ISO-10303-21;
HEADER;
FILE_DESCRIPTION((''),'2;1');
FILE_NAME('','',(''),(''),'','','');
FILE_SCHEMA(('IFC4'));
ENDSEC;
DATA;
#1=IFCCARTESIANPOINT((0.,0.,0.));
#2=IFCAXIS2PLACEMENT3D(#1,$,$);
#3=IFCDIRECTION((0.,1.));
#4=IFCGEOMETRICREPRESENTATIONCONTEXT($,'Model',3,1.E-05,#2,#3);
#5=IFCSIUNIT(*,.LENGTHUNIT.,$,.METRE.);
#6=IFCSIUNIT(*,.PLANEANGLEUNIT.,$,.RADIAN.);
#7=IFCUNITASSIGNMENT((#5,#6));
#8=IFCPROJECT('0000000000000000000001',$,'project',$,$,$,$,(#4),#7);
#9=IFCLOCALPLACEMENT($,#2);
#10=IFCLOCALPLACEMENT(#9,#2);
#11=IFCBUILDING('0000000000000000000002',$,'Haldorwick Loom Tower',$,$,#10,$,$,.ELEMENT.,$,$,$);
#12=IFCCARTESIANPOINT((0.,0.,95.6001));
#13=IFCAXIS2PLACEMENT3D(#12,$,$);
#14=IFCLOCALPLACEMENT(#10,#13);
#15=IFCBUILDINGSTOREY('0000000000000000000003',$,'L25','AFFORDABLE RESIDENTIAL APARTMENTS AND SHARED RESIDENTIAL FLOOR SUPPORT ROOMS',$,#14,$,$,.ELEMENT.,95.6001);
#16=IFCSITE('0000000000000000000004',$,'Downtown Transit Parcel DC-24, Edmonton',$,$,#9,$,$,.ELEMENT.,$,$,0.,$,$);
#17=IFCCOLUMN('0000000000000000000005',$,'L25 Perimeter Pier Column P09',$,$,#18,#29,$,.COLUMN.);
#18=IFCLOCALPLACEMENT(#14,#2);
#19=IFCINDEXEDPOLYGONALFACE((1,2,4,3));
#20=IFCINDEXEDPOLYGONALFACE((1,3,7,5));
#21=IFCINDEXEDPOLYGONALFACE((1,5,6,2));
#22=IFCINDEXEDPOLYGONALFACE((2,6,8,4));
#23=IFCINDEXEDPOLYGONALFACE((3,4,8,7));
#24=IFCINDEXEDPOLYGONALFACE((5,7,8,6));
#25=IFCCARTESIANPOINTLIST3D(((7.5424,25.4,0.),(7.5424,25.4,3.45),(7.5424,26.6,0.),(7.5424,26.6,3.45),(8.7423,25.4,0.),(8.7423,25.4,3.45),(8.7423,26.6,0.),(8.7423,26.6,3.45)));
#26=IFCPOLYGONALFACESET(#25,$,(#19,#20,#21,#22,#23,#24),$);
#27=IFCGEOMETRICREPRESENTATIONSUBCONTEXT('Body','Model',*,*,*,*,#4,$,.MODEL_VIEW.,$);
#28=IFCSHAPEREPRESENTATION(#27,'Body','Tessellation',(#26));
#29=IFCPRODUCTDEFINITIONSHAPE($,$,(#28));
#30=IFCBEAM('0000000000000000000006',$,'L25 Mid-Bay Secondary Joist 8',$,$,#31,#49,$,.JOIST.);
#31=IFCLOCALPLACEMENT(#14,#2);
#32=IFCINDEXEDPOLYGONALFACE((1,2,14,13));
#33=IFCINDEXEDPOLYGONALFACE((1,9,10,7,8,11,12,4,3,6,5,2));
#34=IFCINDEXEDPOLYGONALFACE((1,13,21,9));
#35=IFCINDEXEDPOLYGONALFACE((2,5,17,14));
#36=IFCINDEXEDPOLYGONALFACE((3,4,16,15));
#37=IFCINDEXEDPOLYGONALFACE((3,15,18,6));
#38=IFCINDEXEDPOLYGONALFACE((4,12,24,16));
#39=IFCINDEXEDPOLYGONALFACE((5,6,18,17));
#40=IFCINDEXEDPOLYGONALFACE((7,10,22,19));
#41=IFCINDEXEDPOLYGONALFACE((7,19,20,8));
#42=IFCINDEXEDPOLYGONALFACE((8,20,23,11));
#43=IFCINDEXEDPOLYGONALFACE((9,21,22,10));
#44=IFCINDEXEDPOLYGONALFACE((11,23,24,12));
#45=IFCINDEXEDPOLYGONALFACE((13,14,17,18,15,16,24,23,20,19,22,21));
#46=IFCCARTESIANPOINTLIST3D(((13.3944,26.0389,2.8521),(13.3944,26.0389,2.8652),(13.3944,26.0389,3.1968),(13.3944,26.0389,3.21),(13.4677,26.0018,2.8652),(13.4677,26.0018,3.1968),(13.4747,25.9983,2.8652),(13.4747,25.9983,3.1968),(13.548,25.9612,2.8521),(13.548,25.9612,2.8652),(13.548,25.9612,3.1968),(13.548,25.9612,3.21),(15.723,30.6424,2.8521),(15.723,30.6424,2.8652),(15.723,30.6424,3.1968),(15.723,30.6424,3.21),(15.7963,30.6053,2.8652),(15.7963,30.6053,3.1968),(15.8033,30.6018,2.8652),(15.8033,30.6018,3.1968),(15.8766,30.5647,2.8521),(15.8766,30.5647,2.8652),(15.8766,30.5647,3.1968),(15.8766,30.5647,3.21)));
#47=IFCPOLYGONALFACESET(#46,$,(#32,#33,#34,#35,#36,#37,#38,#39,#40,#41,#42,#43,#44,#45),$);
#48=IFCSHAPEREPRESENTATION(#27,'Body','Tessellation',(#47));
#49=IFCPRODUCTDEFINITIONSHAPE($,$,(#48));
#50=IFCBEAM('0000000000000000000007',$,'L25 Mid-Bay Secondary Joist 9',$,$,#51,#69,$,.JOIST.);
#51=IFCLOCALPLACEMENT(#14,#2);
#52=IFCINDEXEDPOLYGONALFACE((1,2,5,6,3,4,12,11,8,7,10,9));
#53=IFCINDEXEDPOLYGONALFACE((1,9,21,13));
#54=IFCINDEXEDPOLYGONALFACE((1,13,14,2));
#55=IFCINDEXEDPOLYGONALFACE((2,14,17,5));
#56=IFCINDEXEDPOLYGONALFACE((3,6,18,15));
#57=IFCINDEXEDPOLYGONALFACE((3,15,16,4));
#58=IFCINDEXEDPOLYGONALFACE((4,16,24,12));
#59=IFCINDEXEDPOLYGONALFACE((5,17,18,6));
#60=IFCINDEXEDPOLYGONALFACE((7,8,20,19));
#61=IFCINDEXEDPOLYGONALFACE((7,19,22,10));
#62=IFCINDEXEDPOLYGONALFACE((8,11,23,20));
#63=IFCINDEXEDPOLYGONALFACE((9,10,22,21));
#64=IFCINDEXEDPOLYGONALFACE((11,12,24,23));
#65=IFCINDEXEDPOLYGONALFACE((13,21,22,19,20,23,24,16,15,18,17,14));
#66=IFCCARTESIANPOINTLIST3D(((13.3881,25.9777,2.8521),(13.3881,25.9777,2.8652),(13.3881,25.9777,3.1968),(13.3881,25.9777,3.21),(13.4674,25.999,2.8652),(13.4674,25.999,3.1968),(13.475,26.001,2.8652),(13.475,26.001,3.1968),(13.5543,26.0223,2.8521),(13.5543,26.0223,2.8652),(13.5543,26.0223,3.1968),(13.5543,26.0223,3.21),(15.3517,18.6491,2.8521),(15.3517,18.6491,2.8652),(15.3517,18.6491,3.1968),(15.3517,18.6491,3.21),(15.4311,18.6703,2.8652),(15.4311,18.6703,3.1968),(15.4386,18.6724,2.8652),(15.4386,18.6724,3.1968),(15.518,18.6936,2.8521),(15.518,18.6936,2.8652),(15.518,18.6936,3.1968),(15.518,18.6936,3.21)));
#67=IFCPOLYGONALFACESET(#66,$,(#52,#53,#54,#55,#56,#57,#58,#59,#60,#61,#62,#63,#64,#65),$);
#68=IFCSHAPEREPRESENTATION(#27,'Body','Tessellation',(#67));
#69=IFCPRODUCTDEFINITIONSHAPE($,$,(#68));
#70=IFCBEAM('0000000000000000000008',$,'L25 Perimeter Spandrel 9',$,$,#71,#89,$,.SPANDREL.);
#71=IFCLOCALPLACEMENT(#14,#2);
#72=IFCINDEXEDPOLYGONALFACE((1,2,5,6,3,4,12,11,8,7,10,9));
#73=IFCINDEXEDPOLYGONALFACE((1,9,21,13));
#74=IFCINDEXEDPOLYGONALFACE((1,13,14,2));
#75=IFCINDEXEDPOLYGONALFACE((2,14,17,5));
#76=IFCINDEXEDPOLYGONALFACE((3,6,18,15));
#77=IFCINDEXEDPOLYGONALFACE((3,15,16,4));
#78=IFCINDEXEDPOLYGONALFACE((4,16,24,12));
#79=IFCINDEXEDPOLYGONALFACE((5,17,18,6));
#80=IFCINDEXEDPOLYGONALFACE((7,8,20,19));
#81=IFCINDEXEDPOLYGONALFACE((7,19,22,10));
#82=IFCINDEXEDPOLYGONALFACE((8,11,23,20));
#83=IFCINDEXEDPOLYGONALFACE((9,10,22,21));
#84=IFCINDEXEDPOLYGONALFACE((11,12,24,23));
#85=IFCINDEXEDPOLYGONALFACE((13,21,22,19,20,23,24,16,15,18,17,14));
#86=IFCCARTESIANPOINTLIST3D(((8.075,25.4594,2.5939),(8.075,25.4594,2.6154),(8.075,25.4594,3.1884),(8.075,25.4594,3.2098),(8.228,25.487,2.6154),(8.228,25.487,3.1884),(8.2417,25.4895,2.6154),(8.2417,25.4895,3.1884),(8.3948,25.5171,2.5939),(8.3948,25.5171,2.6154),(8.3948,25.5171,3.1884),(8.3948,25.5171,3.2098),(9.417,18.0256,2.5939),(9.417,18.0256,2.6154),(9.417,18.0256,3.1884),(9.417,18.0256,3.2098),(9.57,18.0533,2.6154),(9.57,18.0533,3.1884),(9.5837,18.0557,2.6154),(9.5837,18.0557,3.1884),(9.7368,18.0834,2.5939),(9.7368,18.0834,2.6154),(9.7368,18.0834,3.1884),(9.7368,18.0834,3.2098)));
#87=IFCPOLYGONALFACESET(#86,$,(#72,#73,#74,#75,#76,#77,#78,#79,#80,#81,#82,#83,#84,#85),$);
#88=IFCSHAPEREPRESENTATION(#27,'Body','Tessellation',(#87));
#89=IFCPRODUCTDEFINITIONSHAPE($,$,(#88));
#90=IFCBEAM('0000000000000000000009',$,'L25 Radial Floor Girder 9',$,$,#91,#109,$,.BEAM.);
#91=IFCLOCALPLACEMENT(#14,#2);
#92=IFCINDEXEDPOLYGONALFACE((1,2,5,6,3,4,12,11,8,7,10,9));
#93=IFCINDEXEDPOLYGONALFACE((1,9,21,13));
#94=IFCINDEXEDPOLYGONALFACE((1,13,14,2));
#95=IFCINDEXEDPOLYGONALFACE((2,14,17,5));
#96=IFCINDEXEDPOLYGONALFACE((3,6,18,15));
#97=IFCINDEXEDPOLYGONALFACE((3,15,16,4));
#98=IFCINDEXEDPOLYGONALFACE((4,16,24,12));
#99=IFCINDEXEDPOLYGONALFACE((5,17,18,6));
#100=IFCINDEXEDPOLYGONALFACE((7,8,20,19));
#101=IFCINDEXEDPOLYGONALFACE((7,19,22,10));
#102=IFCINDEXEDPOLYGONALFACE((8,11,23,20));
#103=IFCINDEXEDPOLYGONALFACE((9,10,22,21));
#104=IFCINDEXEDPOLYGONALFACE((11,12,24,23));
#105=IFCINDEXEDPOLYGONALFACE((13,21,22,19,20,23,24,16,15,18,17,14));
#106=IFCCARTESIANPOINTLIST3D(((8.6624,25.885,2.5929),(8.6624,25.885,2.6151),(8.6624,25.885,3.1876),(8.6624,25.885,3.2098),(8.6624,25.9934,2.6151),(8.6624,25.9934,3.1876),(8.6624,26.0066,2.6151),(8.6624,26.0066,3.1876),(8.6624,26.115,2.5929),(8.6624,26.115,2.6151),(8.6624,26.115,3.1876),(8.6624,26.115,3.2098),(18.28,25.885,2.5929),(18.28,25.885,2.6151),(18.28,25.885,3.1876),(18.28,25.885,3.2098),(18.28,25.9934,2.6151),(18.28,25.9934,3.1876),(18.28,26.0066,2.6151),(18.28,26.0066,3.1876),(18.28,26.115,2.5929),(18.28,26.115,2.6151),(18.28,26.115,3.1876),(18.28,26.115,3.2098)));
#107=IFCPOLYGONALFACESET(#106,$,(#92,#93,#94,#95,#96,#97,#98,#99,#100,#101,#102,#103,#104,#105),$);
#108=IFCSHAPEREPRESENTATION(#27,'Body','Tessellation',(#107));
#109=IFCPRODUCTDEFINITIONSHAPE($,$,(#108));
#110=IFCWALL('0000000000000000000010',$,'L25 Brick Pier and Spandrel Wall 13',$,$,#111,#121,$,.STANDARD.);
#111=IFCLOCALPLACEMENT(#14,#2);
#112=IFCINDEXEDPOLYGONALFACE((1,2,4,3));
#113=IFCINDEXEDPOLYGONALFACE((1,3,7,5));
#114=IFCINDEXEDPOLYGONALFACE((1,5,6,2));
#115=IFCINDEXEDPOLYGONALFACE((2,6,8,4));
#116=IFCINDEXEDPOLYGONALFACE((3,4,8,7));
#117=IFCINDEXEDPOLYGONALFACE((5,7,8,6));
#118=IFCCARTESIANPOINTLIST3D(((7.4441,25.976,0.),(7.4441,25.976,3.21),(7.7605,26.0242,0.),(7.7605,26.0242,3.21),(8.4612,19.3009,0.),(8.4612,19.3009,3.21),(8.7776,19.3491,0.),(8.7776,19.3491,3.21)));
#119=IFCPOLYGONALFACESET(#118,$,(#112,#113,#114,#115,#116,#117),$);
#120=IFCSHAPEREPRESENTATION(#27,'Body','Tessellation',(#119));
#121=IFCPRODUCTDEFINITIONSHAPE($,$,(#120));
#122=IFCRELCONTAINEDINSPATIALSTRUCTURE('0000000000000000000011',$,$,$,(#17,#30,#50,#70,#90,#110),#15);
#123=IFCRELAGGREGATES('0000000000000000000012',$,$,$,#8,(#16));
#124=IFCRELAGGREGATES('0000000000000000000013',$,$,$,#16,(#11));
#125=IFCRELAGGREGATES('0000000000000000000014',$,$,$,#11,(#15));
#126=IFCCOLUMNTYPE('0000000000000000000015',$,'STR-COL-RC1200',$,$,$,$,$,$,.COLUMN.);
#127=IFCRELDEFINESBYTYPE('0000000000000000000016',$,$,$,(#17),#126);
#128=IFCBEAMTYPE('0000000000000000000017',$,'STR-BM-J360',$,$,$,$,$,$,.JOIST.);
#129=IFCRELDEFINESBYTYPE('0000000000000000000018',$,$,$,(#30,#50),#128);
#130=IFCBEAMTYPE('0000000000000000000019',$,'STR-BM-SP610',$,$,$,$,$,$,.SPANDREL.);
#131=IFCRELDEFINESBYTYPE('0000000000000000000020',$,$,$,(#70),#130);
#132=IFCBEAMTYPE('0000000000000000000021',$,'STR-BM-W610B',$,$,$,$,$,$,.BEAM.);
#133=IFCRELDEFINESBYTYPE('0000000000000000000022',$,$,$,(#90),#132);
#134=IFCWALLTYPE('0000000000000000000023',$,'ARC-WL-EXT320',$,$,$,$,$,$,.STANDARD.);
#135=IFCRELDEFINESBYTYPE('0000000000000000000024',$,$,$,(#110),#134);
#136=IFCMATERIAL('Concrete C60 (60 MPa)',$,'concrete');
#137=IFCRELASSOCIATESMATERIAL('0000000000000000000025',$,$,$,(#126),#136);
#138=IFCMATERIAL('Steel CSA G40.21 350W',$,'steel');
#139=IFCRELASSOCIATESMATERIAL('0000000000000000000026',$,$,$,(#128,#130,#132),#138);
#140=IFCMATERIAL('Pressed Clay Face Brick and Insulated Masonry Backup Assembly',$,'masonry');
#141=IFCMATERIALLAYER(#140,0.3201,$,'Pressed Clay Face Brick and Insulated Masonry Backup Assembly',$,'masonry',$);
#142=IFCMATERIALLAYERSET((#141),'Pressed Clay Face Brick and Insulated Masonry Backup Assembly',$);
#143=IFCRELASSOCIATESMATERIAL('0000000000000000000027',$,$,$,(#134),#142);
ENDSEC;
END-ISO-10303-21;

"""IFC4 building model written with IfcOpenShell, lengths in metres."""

from ifc_helpers import new_model, si_unit, direction, frame, frame_2d, origin, origin_2d, place, context, subcontext, project, spatial, rectangle, i_section, extrude, material, layer, layer_set, material_profile, profile_set, type_object, element, save


model = new_model("IFC4")

# Units and contexts
model_context = context("Model", 3, precision=1e-05, world=origin(), true_north=direction((0.0, 1.0)))
body_context = subcontext(model_context, "Body", "Model", "MODEL_VIEW")
ifc_project = project(units=[si_unit("LENGTHUNIT", "METRE"), si_unit("PLANEANGLEUNIT", "RADIAN")], contexts=[model_context])

# Site, building, storey
site_placement = place(None, origin())
site = spatial("IfcSite", under=ifc_project, at=site_placement, Name="Downtown Transit Parcel DC-24, Edmonton", CompositionType="ELEMENT", RefElevation=0.0)
building_placement = place(site_placement, origin())
building = spatial("IfcBuilding", under=site, at=building_placement, Name="Haldorwick Loom Tower", CompositionType="ELEMENT")
storey_placement = place(building_placement, frame((0.0, 0.0, 95.6001)))
storey = spatial("IfcBuildingStorey", under=building, at=storey_placement, Name="L25", Description="AFFORDABLE RESIDENTIAL APARTMENTS AND SHARED RESIDENTIAL FLOOR SUPPORT ROOMS", CompositionType="ELEMENT", Elevation=95.6001)

# Column
ifc_material_1 = material(Name="Concrete C60 (60 MPa)", Category="concrete")
ifc_material_profile_1 = material_profile(ifc_material_1, rectangle(XDim=1.2, YDim=1.2, at=origin_2d()), Name="RC1200X1200", Category="concrete")
ifc_profile_set_1 = profile_set([ifc_material_profile_1], Name="Concrete C60 (60 MPa)")
column_type = type_object("IfcColumnType", Name="STR-COL-RC1200", PredefinedType="COLUMN", material=ifc_profile_set_1)
column_placement = place(storey_placement, frame((8.1423, 26.0, 0.0), z_axis=(0.0, 0.0, 1.0), x_axis=(-1.0, 0.0, 0.0)))
element("IfcColumn", 1, at=column_placement, inside=storey, type_object=column_type, Name="L25 Perimeter Pier Column P09", PredefinedType="COLUMN", context=body_context, shape_type="SweptSolid", body=[
    extrude(rectangle(XDim=1.2, YDim=1.2, at=origin_2d()), origin(), (0.0, 0.0, 1.0), 3.45),
])

# Beams
ifc_material_2 = material(Name="Steel CSA G40.21 350W", Category="steel")
ifc_material_profile_2 = material_profile(ifc_material_2, i_section(OverallWidth=0.1721, OverallDepth=0.3579, WebThickness=0.0078, FlangeThickness=0.0132, at=origin_2d()), Name="W360X57", Category="steel")
ifc_profile_set_2 = profile_set([ifc_material_profile_2], Name="Steel CSA G40.21 350W")
beam_type_1 = type_object("IfcBeamType", Name="STR-BM-J360", PredefinedType="JOIST", material=ifc_profile_set_2)
beam_1_placement = place(storey_placement, frame((15.7998, 30.6035, 3.031), z_axis=(-0.451373, -0.892335, 0.0), x_axis=(0.892335, -0.451373, 0.0)))
element("IfcBeam", 2, at=beam_1_placement, inside=storey, type_object=beam_type_1, Name="L25 Mid-Bay Secondary Joist 8", PredefinedType="JOIST", context=body_context, shape_type="SweptSolid", body=[
    extrude(i_section(OverallWidth=0.1721, OverallDepth=0.3579, WebThickness=0.0078, FlangeThickness=0.0132, at=origin_2d()), origin(), (0.0, 0.0, 1.0), 5.1589),
])
beam_2_placement = place(storey_placement, frame((13.4712, 26.0, 3.031), z_axis=(0.25881, -0.965928, 0.0), x_axis=(0.965928, 0.25881, 0.0)))
element("IfcBeam", 3, at=beam_2_placement, inside=storey, type_object=beam_type_1, Name="L25 Mid-Bay Secondary Joist 9", PredefinedType="JOIST", context=body_context, shape_type="SweptSolid", body=[
    extrude(i_section(OverallWidth=0.1721, OverallDepth=0.3579, WebThickness=0.0078, FlangeThickness=0.0132, at=origin_2d()), origin(), (0.0, 0.0, 1.0), 7.5872),
])
ifc_material_profile_3 = material_profile(ifc_material_2, i_section(OverallWidth=0.325, OverallDepth=0.616, WebThickness=0.0139, FlangeThickness=0.0215, at=origin_2d()), Name="W610X174", Category="steel")
ifc_profile_set_3 = profile_set([ifc_material_profile_3], Name="Steel CSA G40.21 350W")
beam_type_2 = type_object("IfcBeamType", Name="STR-BM-SP610", PredefinedType="SPANDREL", material=ifc_profile_set_3)
beam_3_placement = place(storey_placement, frame((8.2349, 25.4883, 2.9019), z_axis=(0.177659, -0.984092, 0.0), x_axis=(0.984092, 0.177659, 0.0)))
element("IfcBeam", 4, at=beam_3_placement, inside=storey, type_object=beam_type_2, Name="L25 Perimeter Spandrel 9", PredefinedType="SPANDREL", context=body_context, shape_type="SweptSolid", body=[
    extrude(i_section(OverallWidth=0.325, OverallDepth=0.616, WebThickness=0.0139, FlangeThickness=0.0215, at=origin_2d()), origin(), (0.0, 0.0, 1.0), 7.554),
])
ifc_material_profile_4 = material_profile(ifc_material_2, i_section(OverallWidth=0.23, OverallDepth=0.6169, WebThickness=0.0132, FlangeThickness=0.0222, at=origin_2d()), Name="W610X140", Category="steel")
ifc_profile_set_4 = profile_set([ifc_material_profile_4], Name="Steel CSA G40.21 350W")
beam_type_3 = type_object("IfcBeamType", Name="STR-BM-W610B", PredefinedType="BEAM", material=ifc_profile_set_4)
beam_4_placement = place(storey_placement, frame((18.28, 26.0, 2.9014), z_axis=(-1.0, 0.0, 0.0), x_axis=(0.0, -1.0, 0.0)))
element("IfcBeam", 5, at=beam_4_placement, inside=storey, type_object=beam_type_3, Name="L25 Radial Floor Girder 9", PredefinedType="BEAM", context=body_context, shape_type="SweptSolid", body=[
    extrude(i_section(OverallWidth=0.23, OverallDepth=0.6169, WebThickness=0.0132, FlangeThickness=0.0222, at=origin_2d()), origin(), (0.0, 0.0, 1.0), 9.6177),
])

# Wall
ifc_material_3 = material(Name="Pressed Clay Face Brick and Insulated Masonry Backup Assembly", Category="masonry")
ifc_layer_1 = layer(ifc_material_3, 0.3201, Name="Pressed Clay Face Brick and Insulated Masonry Backup Assembly", Category="masonry")
ifc_layer_set_1 = layer_set([ifc_layer_1], Name="Pressed Clay Face Brick and Insulated Masonry Backup Assembly")
wall_type_1 = type_object("IfcWallType", Name="ARC-WL-EXT320", PredefinedType="STANDARD", material=ifc_layer_set_1)
wall_1_placement = place(storey_placement, frame((7.6023, 26.0, 0.0), z_axis=(0.0, 0.0, 1.0), x_axis=(0.150633, -0.98859, 0.0)))
element("IfcWall", 6, at=wall_1_placement, inside=storey, type_object=wall_type_1, Name="L25 Brick Pier and Spandrel Wall 13", PredefinedType="STANDARD", context=body_context, shape_type="SweptSolid", body=[
    extrude(rectangle(XDim=6.7522, YDim=0.3201, at=frame_2d((3.376, 0.0))), origin(), (0.0, 0.0, 1.0), 3.21),
])

save(model, "model.ifc")
